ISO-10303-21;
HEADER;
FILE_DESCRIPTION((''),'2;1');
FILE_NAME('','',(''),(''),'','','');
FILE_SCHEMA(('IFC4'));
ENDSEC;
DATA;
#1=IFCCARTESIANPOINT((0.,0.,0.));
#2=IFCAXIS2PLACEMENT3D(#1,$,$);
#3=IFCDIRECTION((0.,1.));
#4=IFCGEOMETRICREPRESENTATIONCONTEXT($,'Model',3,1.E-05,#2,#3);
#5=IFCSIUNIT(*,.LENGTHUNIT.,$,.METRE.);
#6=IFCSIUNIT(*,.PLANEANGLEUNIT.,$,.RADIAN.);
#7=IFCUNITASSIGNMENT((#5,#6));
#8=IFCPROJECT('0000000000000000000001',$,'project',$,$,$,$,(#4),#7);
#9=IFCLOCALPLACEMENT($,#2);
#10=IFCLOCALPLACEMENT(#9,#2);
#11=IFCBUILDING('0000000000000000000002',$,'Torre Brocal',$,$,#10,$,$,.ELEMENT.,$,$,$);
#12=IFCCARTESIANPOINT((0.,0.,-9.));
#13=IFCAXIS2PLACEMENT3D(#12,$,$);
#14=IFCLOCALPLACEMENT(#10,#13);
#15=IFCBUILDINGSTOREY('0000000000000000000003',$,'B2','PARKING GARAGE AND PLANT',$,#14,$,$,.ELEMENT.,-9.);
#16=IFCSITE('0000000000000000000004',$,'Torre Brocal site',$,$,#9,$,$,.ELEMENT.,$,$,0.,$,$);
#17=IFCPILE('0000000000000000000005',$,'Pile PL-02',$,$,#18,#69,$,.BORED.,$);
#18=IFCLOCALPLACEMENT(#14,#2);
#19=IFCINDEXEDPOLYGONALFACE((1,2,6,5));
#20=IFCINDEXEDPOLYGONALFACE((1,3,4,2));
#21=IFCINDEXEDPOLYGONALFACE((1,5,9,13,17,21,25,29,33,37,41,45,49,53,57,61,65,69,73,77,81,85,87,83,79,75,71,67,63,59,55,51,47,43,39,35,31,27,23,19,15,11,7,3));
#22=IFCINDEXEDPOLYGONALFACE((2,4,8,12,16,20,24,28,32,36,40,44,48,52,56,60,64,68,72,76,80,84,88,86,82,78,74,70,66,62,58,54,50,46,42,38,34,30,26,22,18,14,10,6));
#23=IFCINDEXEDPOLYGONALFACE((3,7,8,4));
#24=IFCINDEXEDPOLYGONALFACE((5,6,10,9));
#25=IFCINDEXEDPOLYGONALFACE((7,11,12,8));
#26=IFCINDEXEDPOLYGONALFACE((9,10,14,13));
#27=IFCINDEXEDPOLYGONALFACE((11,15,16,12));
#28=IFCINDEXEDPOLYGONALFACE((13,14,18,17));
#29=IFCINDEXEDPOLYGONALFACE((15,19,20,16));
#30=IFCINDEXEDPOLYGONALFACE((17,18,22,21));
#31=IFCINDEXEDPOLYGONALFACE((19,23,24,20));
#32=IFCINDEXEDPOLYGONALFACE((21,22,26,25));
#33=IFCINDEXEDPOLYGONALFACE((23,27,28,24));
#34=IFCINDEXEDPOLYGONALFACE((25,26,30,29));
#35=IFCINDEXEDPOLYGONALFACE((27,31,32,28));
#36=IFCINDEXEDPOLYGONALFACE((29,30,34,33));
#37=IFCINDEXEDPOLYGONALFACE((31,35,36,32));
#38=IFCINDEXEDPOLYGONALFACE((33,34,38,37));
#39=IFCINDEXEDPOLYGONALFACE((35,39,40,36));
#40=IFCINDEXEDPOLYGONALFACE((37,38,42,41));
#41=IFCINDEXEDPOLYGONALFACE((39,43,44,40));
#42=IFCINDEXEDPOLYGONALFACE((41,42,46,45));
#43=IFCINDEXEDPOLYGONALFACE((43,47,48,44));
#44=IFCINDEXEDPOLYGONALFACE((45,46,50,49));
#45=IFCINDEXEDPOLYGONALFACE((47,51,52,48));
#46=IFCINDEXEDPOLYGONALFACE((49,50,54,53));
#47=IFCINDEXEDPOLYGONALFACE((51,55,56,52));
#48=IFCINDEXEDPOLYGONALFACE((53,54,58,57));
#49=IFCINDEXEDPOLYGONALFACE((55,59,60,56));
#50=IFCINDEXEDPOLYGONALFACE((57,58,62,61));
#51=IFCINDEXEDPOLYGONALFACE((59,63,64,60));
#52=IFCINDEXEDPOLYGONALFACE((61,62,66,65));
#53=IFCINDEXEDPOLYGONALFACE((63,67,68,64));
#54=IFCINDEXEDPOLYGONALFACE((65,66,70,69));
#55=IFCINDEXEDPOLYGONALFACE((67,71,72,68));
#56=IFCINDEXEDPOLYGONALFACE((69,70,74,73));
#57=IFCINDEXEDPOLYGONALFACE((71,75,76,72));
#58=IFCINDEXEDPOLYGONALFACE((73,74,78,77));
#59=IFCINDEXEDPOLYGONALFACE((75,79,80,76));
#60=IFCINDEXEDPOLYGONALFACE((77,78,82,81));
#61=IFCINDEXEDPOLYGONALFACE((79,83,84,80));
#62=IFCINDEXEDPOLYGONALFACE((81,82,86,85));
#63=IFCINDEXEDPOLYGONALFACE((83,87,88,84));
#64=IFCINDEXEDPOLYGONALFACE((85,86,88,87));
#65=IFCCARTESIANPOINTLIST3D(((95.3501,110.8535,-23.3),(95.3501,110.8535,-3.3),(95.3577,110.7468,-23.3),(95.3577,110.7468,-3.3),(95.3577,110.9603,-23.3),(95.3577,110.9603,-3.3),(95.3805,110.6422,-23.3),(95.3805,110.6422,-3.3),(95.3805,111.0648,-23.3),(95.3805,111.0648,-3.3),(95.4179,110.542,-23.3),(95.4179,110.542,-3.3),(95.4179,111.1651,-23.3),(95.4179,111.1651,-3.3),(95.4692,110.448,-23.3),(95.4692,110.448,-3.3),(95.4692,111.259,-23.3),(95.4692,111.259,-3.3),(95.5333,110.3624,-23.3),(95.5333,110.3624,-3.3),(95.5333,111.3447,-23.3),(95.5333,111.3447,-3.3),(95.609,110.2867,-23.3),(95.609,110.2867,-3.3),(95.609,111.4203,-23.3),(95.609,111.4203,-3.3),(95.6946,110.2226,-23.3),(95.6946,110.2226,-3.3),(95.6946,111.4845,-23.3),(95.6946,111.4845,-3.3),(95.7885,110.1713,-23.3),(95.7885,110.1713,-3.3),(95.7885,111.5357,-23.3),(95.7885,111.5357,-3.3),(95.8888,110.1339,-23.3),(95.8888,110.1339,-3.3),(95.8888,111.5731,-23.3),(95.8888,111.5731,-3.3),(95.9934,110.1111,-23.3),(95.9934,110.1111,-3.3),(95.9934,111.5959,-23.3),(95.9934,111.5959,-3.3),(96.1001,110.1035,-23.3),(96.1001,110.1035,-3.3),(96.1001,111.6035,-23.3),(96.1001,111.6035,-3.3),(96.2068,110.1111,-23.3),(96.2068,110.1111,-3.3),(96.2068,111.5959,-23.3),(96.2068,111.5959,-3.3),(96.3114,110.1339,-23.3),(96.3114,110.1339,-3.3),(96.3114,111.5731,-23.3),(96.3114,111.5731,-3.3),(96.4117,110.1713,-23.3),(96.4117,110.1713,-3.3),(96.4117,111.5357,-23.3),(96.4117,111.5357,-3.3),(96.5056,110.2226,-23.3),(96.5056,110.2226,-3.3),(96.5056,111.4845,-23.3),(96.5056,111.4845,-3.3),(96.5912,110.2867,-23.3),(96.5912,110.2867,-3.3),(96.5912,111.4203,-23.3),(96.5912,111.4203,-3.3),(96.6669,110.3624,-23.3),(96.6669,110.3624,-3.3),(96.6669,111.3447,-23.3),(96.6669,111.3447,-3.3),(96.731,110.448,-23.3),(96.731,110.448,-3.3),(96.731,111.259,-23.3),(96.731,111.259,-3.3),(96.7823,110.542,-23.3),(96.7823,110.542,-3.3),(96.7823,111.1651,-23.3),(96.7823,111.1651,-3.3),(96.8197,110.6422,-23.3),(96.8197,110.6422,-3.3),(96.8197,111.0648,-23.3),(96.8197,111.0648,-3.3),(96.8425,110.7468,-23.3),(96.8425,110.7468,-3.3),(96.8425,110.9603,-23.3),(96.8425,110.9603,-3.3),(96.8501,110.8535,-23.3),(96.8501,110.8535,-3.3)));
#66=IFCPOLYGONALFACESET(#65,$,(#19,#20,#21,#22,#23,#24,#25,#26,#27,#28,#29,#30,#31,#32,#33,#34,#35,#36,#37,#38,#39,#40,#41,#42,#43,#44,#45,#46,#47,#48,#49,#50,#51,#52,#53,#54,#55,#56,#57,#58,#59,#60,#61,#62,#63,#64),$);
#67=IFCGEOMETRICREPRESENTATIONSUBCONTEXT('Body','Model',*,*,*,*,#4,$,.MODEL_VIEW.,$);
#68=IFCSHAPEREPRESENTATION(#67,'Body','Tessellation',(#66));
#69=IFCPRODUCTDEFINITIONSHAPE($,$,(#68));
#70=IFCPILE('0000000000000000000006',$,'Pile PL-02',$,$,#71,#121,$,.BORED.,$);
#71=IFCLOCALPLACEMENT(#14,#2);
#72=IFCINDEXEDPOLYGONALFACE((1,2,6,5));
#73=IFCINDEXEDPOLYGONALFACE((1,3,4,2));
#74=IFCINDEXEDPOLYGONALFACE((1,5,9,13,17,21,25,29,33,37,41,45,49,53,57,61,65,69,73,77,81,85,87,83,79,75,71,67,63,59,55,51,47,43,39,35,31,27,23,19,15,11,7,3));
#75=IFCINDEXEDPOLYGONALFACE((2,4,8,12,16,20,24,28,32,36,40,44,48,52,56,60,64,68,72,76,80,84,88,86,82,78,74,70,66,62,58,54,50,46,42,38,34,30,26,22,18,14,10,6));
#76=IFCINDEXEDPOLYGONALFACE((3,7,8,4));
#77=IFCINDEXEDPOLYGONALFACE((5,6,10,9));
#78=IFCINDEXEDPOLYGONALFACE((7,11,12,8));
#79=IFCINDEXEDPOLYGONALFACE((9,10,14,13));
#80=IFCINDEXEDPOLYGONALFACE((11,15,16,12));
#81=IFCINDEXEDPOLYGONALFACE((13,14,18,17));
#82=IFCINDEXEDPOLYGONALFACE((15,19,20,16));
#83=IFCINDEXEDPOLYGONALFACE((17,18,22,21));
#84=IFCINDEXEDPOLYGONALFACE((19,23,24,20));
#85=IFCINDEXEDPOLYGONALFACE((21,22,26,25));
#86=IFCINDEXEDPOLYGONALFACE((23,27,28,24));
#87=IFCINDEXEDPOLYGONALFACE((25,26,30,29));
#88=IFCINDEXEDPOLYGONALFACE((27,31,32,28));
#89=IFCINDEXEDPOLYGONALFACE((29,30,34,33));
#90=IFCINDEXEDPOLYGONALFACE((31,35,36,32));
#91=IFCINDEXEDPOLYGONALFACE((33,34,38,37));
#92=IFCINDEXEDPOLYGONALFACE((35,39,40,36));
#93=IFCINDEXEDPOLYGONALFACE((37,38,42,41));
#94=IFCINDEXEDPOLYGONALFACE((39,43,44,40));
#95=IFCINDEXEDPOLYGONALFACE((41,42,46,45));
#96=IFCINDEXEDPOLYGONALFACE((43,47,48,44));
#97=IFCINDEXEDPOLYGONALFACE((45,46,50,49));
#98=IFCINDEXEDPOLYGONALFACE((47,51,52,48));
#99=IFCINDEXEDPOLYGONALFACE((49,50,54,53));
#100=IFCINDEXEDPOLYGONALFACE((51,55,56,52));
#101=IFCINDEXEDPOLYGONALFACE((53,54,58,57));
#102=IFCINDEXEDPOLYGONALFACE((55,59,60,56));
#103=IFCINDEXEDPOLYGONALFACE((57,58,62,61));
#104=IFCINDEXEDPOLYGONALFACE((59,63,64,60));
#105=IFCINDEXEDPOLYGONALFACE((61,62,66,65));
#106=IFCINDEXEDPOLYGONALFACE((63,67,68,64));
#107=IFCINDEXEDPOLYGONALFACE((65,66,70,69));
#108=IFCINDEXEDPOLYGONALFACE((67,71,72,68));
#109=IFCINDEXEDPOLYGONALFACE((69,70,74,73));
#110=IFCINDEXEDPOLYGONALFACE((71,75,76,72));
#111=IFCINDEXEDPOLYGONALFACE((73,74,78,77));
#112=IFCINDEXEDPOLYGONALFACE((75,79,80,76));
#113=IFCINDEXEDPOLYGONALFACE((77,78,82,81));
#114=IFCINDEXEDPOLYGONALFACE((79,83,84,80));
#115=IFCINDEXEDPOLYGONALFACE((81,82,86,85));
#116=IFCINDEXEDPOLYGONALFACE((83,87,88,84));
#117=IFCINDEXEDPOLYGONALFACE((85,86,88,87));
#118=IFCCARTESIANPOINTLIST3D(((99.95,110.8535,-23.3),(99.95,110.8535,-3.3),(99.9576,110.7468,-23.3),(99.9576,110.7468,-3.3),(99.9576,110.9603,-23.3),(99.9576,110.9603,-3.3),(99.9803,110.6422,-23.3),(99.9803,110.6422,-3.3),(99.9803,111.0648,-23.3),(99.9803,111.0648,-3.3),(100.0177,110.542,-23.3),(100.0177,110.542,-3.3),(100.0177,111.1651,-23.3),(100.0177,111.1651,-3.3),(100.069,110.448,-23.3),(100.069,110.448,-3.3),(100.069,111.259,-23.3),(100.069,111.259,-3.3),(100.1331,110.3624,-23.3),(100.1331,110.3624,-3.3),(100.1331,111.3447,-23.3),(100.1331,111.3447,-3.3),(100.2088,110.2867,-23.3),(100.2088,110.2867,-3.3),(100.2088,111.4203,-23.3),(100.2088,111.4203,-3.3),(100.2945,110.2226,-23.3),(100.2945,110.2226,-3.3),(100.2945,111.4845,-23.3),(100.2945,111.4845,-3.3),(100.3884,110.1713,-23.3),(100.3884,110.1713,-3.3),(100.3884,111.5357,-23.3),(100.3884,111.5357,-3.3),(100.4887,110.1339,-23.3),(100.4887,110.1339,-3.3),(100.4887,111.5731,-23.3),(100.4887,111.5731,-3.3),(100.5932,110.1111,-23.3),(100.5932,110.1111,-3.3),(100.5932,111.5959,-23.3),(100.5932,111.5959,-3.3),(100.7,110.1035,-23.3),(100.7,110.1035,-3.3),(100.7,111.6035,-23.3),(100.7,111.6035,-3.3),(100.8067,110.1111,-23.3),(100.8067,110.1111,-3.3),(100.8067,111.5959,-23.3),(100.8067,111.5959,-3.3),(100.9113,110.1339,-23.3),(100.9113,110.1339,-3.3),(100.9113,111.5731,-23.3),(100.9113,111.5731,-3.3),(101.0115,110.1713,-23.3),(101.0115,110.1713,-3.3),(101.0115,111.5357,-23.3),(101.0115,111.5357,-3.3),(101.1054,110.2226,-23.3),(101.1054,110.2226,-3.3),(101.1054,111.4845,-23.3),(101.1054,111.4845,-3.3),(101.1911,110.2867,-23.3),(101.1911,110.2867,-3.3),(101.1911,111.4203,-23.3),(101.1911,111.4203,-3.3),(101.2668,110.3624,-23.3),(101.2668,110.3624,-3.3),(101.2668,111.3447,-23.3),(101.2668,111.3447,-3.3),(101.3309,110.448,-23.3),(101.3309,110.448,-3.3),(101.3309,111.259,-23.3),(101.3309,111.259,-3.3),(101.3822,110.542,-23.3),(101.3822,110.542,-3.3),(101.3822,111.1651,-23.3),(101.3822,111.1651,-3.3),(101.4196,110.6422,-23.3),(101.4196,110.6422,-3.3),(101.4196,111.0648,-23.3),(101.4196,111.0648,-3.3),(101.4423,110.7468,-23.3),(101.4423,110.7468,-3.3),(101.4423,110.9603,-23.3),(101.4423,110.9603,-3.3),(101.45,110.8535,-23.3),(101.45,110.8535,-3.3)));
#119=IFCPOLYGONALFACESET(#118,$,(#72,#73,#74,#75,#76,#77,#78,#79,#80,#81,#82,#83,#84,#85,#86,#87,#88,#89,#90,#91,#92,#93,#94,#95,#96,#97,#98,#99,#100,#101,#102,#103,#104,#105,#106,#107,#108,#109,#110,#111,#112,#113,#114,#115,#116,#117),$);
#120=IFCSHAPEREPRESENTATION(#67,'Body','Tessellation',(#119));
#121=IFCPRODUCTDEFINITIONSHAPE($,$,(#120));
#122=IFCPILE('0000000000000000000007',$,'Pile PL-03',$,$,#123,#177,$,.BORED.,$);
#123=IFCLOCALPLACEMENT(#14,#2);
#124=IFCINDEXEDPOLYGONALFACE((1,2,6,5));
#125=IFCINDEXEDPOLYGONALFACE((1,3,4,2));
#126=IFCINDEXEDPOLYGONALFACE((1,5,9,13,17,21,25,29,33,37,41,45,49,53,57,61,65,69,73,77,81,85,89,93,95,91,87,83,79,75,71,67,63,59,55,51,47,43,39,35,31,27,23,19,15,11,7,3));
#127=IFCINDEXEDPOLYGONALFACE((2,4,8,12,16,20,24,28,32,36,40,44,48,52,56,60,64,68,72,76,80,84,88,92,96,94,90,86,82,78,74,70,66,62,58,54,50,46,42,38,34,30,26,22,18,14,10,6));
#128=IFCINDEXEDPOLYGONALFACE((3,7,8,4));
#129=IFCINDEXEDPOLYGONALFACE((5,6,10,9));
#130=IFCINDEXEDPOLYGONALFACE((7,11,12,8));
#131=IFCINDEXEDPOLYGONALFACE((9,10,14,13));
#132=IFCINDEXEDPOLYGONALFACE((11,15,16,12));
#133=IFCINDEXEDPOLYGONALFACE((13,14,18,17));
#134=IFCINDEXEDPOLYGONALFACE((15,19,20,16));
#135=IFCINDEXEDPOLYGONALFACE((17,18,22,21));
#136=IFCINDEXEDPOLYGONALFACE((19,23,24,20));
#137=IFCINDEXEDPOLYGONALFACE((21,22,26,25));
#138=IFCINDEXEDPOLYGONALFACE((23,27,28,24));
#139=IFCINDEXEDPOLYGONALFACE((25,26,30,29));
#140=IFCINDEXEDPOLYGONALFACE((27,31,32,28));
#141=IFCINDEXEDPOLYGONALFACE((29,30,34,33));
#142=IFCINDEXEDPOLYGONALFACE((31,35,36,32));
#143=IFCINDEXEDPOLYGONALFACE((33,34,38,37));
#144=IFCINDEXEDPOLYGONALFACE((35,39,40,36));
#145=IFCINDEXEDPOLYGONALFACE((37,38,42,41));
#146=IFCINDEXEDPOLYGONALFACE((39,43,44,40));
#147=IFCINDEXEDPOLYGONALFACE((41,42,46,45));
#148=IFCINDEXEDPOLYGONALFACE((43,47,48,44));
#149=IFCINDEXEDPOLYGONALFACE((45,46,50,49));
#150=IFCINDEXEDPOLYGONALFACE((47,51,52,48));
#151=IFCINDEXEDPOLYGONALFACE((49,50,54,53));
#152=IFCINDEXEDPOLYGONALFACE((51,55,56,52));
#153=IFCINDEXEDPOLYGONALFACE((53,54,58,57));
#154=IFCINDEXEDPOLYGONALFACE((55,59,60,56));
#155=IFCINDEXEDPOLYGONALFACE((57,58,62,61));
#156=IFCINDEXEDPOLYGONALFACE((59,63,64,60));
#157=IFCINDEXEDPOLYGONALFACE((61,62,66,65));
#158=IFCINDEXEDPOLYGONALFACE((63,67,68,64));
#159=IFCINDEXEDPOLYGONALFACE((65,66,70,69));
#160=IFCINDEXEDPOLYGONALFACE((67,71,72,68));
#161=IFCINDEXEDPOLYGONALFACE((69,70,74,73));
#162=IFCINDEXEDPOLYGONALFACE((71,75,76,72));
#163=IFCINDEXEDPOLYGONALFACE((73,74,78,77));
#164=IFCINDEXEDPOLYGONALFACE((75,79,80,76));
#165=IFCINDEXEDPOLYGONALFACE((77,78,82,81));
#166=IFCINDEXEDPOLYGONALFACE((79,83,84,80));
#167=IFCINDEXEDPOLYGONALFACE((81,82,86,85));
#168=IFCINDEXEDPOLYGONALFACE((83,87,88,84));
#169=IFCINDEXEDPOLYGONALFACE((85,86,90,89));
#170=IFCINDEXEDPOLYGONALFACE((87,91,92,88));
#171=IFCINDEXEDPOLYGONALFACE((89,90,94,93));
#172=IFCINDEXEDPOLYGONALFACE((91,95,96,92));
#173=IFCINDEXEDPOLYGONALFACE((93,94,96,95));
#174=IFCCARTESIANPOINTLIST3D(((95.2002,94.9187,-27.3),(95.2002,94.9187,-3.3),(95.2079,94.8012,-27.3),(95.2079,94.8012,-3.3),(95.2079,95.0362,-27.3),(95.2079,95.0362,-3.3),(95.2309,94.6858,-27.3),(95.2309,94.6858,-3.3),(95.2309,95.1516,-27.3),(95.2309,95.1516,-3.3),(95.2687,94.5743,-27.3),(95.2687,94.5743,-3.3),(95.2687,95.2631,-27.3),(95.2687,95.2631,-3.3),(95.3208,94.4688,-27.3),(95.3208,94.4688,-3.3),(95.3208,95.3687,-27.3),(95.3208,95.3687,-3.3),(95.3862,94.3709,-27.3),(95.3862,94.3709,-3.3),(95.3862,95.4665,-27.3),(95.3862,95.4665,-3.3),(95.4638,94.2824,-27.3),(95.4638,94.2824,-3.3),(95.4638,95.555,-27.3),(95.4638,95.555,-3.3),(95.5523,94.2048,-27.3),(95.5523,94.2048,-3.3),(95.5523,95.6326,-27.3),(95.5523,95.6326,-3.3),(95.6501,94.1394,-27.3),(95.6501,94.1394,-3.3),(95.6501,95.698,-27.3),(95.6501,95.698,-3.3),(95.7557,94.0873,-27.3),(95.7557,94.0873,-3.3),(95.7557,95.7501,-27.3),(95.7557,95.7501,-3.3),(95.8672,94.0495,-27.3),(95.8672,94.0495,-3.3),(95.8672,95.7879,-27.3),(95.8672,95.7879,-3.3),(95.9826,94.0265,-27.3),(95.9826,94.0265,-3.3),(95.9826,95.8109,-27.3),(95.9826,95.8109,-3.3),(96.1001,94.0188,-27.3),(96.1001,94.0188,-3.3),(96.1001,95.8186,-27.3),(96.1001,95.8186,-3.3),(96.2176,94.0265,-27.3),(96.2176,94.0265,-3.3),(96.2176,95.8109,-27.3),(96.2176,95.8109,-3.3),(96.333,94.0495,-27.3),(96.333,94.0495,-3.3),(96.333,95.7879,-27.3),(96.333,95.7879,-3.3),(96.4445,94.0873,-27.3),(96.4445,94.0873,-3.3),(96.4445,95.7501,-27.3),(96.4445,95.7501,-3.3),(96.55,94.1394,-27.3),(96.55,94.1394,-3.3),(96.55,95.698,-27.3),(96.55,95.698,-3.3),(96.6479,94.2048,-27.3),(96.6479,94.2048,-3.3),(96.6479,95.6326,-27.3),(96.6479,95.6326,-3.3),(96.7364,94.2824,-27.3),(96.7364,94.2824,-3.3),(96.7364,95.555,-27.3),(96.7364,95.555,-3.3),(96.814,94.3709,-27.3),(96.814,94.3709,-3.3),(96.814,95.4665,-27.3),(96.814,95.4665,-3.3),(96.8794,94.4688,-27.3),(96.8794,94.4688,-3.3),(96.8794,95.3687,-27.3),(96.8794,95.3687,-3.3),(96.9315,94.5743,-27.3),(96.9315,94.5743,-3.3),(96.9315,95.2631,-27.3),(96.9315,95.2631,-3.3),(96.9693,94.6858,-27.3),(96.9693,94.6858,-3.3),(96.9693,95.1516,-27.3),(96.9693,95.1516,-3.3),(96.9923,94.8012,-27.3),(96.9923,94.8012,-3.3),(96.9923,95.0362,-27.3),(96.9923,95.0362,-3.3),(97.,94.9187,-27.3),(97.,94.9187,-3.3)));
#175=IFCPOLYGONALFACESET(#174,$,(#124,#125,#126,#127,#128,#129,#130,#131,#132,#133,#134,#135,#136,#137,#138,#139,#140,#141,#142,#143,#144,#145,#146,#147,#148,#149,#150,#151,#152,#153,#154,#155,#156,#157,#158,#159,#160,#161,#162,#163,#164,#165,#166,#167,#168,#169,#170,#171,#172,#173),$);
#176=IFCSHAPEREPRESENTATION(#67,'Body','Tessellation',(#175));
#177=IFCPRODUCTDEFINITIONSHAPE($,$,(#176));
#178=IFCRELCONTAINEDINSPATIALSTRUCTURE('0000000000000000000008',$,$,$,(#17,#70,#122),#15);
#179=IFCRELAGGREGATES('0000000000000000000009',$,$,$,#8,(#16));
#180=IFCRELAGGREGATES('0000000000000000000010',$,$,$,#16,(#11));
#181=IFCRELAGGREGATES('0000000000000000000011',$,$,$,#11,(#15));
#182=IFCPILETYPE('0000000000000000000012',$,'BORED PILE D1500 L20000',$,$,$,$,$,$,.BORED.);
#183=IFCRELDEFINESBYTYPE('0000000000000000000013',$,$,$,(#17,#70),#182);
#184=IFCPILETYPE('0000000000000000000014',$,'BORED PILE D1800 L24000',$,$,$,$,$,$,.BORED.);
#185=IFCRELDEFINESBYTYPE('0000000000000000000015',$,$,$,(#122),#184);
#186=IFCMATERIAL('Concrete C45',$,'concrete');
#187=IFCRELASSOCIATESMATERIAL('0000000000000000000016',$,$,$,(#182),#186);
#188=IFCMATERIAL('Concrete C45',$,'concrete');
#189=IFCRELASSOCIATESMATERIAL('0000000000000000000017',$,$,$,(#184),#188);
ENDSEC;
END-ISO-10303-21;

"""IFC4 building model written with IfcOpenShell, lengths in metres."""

from ifc_helpers import new_model, si_unit, direction, frame, origin, origin_2d, place, context, subcontext, project, spatial, circle, extrude, material, material_profile, profile_set, type_object, element, save


model = new_model("IFC4")

# Units and contexts
model_context = context("Model", 3, precision=1e-05, world=origin(), true_north=direction((0.0, 1.0)))
body_context = subcontext(model_context, "Body", "Model", "MODEL_VIEW")
ifc_project = project(units=[si_unit("LENGTHUNIT", "METRE"), si_unit("PLANEANGLEUNIT", "RADIAN")], contexts=[model_context])

# Site, building, storey
site_placement = place(None, origin())
site = spatial("IfcSite", under=ifc_project, at=site_placement, Name="Torre Brocal site", CompositionType="ELEMENT", RefElevation=0.0)
building_placement = place(site_placement, origin())
building = spatial("IfcBuilding", under=site, at=building_placement, Name="Torre Brocal", CompositionType="ELEMENT")
storey_placement = place(building_placement, frame((0.0, 0.0, -9.0)))
storey = spatial("IfcBuildingStorey", under=building, at=storey_placement, Name="B2", Description="PARKING GARAGE AND PLANT", CompositionType="ELEMENT", Elevation=-9.0)

# Piles
ifc_material_1 = material(Name="Concrete C45", Category="concrete")
ifc_material_profile_1 = material_profile(ifc_material_1, circle(Radius=0.75, at=origin_2d()), Name="BORED PILE D1500")
ifc_profile_set_1 = profile_set([ifc_material_profile_1], Name="Concrete C45")
pile_type_1 = type_object("IfcPileType", Name="BORED PILE D1500 L20000", PredefinedType="BORED", material=ifc_profile_set_1)
for number, where, z_axis, x_axis, name in (
    (1, (96.1001, 110.8535, -3.3), (0.0, 0.0, -1.0), (1.0, 0.0, 0.0), "Pile PL-02"),
    (2, (100.7, 110.8535, -3.3), (0.0, 0.0, -1.0), (1.0, 0.0, 0.0), "Pile PL-02"),
):
    element("IfcPile", number, at=place(storey_placement, frame(where, z_axis=z_axis, x_axis=x_axis)), inside=storey, type_object=pile_type_1, Name=name, PredefinedType="BORED", context=body_context, shape_type="SweptSolid", body=[
        extrude(circle(Radius=0.75, at=origin_2d()), origin(), (0.0, 0.0, 1.0), 20.0),
    ])
ifc_material_2 = material(Name="Concrete C45", Category="concrete")
ifc_material_profile_2 = material_profile(ifc_material_2, circle(Radius=0.8999, at=origin_2d()), Name="BORED PILE D1800")
ifc_profile_set_2 = profile_set([ifc_material_profile_2], Name="Concrete C45")
pile_type_2 = type_object("IfcPileType", Name="BORED PILE D1800 L24000", PredefinedType="BORED", material=ifc_profile_set_2)
for number, where, z_axis, x_axis, name in (
    (3, (96.1001, 94.9187, -3.3), (0.0, 0.0, -1.0), (1.0, 0.0, 0.0), "Pile PL-03"),
):
    element("IfcPile", number, at=place(storey_placement, frame(where, z_axis=z_axis, x_axis=x_axis)), inside=storey, type_object=pile_type_2, Name=name, PredefinedType="BORED", context=body_context, shape_type="SweptSolid", body=[
        extrude(circle(Radius=0.8999, at=origin_2d()), origin(), (0.0, 0.0, 1.0), 24.0),
    ])

save(model, "model.ifc")
